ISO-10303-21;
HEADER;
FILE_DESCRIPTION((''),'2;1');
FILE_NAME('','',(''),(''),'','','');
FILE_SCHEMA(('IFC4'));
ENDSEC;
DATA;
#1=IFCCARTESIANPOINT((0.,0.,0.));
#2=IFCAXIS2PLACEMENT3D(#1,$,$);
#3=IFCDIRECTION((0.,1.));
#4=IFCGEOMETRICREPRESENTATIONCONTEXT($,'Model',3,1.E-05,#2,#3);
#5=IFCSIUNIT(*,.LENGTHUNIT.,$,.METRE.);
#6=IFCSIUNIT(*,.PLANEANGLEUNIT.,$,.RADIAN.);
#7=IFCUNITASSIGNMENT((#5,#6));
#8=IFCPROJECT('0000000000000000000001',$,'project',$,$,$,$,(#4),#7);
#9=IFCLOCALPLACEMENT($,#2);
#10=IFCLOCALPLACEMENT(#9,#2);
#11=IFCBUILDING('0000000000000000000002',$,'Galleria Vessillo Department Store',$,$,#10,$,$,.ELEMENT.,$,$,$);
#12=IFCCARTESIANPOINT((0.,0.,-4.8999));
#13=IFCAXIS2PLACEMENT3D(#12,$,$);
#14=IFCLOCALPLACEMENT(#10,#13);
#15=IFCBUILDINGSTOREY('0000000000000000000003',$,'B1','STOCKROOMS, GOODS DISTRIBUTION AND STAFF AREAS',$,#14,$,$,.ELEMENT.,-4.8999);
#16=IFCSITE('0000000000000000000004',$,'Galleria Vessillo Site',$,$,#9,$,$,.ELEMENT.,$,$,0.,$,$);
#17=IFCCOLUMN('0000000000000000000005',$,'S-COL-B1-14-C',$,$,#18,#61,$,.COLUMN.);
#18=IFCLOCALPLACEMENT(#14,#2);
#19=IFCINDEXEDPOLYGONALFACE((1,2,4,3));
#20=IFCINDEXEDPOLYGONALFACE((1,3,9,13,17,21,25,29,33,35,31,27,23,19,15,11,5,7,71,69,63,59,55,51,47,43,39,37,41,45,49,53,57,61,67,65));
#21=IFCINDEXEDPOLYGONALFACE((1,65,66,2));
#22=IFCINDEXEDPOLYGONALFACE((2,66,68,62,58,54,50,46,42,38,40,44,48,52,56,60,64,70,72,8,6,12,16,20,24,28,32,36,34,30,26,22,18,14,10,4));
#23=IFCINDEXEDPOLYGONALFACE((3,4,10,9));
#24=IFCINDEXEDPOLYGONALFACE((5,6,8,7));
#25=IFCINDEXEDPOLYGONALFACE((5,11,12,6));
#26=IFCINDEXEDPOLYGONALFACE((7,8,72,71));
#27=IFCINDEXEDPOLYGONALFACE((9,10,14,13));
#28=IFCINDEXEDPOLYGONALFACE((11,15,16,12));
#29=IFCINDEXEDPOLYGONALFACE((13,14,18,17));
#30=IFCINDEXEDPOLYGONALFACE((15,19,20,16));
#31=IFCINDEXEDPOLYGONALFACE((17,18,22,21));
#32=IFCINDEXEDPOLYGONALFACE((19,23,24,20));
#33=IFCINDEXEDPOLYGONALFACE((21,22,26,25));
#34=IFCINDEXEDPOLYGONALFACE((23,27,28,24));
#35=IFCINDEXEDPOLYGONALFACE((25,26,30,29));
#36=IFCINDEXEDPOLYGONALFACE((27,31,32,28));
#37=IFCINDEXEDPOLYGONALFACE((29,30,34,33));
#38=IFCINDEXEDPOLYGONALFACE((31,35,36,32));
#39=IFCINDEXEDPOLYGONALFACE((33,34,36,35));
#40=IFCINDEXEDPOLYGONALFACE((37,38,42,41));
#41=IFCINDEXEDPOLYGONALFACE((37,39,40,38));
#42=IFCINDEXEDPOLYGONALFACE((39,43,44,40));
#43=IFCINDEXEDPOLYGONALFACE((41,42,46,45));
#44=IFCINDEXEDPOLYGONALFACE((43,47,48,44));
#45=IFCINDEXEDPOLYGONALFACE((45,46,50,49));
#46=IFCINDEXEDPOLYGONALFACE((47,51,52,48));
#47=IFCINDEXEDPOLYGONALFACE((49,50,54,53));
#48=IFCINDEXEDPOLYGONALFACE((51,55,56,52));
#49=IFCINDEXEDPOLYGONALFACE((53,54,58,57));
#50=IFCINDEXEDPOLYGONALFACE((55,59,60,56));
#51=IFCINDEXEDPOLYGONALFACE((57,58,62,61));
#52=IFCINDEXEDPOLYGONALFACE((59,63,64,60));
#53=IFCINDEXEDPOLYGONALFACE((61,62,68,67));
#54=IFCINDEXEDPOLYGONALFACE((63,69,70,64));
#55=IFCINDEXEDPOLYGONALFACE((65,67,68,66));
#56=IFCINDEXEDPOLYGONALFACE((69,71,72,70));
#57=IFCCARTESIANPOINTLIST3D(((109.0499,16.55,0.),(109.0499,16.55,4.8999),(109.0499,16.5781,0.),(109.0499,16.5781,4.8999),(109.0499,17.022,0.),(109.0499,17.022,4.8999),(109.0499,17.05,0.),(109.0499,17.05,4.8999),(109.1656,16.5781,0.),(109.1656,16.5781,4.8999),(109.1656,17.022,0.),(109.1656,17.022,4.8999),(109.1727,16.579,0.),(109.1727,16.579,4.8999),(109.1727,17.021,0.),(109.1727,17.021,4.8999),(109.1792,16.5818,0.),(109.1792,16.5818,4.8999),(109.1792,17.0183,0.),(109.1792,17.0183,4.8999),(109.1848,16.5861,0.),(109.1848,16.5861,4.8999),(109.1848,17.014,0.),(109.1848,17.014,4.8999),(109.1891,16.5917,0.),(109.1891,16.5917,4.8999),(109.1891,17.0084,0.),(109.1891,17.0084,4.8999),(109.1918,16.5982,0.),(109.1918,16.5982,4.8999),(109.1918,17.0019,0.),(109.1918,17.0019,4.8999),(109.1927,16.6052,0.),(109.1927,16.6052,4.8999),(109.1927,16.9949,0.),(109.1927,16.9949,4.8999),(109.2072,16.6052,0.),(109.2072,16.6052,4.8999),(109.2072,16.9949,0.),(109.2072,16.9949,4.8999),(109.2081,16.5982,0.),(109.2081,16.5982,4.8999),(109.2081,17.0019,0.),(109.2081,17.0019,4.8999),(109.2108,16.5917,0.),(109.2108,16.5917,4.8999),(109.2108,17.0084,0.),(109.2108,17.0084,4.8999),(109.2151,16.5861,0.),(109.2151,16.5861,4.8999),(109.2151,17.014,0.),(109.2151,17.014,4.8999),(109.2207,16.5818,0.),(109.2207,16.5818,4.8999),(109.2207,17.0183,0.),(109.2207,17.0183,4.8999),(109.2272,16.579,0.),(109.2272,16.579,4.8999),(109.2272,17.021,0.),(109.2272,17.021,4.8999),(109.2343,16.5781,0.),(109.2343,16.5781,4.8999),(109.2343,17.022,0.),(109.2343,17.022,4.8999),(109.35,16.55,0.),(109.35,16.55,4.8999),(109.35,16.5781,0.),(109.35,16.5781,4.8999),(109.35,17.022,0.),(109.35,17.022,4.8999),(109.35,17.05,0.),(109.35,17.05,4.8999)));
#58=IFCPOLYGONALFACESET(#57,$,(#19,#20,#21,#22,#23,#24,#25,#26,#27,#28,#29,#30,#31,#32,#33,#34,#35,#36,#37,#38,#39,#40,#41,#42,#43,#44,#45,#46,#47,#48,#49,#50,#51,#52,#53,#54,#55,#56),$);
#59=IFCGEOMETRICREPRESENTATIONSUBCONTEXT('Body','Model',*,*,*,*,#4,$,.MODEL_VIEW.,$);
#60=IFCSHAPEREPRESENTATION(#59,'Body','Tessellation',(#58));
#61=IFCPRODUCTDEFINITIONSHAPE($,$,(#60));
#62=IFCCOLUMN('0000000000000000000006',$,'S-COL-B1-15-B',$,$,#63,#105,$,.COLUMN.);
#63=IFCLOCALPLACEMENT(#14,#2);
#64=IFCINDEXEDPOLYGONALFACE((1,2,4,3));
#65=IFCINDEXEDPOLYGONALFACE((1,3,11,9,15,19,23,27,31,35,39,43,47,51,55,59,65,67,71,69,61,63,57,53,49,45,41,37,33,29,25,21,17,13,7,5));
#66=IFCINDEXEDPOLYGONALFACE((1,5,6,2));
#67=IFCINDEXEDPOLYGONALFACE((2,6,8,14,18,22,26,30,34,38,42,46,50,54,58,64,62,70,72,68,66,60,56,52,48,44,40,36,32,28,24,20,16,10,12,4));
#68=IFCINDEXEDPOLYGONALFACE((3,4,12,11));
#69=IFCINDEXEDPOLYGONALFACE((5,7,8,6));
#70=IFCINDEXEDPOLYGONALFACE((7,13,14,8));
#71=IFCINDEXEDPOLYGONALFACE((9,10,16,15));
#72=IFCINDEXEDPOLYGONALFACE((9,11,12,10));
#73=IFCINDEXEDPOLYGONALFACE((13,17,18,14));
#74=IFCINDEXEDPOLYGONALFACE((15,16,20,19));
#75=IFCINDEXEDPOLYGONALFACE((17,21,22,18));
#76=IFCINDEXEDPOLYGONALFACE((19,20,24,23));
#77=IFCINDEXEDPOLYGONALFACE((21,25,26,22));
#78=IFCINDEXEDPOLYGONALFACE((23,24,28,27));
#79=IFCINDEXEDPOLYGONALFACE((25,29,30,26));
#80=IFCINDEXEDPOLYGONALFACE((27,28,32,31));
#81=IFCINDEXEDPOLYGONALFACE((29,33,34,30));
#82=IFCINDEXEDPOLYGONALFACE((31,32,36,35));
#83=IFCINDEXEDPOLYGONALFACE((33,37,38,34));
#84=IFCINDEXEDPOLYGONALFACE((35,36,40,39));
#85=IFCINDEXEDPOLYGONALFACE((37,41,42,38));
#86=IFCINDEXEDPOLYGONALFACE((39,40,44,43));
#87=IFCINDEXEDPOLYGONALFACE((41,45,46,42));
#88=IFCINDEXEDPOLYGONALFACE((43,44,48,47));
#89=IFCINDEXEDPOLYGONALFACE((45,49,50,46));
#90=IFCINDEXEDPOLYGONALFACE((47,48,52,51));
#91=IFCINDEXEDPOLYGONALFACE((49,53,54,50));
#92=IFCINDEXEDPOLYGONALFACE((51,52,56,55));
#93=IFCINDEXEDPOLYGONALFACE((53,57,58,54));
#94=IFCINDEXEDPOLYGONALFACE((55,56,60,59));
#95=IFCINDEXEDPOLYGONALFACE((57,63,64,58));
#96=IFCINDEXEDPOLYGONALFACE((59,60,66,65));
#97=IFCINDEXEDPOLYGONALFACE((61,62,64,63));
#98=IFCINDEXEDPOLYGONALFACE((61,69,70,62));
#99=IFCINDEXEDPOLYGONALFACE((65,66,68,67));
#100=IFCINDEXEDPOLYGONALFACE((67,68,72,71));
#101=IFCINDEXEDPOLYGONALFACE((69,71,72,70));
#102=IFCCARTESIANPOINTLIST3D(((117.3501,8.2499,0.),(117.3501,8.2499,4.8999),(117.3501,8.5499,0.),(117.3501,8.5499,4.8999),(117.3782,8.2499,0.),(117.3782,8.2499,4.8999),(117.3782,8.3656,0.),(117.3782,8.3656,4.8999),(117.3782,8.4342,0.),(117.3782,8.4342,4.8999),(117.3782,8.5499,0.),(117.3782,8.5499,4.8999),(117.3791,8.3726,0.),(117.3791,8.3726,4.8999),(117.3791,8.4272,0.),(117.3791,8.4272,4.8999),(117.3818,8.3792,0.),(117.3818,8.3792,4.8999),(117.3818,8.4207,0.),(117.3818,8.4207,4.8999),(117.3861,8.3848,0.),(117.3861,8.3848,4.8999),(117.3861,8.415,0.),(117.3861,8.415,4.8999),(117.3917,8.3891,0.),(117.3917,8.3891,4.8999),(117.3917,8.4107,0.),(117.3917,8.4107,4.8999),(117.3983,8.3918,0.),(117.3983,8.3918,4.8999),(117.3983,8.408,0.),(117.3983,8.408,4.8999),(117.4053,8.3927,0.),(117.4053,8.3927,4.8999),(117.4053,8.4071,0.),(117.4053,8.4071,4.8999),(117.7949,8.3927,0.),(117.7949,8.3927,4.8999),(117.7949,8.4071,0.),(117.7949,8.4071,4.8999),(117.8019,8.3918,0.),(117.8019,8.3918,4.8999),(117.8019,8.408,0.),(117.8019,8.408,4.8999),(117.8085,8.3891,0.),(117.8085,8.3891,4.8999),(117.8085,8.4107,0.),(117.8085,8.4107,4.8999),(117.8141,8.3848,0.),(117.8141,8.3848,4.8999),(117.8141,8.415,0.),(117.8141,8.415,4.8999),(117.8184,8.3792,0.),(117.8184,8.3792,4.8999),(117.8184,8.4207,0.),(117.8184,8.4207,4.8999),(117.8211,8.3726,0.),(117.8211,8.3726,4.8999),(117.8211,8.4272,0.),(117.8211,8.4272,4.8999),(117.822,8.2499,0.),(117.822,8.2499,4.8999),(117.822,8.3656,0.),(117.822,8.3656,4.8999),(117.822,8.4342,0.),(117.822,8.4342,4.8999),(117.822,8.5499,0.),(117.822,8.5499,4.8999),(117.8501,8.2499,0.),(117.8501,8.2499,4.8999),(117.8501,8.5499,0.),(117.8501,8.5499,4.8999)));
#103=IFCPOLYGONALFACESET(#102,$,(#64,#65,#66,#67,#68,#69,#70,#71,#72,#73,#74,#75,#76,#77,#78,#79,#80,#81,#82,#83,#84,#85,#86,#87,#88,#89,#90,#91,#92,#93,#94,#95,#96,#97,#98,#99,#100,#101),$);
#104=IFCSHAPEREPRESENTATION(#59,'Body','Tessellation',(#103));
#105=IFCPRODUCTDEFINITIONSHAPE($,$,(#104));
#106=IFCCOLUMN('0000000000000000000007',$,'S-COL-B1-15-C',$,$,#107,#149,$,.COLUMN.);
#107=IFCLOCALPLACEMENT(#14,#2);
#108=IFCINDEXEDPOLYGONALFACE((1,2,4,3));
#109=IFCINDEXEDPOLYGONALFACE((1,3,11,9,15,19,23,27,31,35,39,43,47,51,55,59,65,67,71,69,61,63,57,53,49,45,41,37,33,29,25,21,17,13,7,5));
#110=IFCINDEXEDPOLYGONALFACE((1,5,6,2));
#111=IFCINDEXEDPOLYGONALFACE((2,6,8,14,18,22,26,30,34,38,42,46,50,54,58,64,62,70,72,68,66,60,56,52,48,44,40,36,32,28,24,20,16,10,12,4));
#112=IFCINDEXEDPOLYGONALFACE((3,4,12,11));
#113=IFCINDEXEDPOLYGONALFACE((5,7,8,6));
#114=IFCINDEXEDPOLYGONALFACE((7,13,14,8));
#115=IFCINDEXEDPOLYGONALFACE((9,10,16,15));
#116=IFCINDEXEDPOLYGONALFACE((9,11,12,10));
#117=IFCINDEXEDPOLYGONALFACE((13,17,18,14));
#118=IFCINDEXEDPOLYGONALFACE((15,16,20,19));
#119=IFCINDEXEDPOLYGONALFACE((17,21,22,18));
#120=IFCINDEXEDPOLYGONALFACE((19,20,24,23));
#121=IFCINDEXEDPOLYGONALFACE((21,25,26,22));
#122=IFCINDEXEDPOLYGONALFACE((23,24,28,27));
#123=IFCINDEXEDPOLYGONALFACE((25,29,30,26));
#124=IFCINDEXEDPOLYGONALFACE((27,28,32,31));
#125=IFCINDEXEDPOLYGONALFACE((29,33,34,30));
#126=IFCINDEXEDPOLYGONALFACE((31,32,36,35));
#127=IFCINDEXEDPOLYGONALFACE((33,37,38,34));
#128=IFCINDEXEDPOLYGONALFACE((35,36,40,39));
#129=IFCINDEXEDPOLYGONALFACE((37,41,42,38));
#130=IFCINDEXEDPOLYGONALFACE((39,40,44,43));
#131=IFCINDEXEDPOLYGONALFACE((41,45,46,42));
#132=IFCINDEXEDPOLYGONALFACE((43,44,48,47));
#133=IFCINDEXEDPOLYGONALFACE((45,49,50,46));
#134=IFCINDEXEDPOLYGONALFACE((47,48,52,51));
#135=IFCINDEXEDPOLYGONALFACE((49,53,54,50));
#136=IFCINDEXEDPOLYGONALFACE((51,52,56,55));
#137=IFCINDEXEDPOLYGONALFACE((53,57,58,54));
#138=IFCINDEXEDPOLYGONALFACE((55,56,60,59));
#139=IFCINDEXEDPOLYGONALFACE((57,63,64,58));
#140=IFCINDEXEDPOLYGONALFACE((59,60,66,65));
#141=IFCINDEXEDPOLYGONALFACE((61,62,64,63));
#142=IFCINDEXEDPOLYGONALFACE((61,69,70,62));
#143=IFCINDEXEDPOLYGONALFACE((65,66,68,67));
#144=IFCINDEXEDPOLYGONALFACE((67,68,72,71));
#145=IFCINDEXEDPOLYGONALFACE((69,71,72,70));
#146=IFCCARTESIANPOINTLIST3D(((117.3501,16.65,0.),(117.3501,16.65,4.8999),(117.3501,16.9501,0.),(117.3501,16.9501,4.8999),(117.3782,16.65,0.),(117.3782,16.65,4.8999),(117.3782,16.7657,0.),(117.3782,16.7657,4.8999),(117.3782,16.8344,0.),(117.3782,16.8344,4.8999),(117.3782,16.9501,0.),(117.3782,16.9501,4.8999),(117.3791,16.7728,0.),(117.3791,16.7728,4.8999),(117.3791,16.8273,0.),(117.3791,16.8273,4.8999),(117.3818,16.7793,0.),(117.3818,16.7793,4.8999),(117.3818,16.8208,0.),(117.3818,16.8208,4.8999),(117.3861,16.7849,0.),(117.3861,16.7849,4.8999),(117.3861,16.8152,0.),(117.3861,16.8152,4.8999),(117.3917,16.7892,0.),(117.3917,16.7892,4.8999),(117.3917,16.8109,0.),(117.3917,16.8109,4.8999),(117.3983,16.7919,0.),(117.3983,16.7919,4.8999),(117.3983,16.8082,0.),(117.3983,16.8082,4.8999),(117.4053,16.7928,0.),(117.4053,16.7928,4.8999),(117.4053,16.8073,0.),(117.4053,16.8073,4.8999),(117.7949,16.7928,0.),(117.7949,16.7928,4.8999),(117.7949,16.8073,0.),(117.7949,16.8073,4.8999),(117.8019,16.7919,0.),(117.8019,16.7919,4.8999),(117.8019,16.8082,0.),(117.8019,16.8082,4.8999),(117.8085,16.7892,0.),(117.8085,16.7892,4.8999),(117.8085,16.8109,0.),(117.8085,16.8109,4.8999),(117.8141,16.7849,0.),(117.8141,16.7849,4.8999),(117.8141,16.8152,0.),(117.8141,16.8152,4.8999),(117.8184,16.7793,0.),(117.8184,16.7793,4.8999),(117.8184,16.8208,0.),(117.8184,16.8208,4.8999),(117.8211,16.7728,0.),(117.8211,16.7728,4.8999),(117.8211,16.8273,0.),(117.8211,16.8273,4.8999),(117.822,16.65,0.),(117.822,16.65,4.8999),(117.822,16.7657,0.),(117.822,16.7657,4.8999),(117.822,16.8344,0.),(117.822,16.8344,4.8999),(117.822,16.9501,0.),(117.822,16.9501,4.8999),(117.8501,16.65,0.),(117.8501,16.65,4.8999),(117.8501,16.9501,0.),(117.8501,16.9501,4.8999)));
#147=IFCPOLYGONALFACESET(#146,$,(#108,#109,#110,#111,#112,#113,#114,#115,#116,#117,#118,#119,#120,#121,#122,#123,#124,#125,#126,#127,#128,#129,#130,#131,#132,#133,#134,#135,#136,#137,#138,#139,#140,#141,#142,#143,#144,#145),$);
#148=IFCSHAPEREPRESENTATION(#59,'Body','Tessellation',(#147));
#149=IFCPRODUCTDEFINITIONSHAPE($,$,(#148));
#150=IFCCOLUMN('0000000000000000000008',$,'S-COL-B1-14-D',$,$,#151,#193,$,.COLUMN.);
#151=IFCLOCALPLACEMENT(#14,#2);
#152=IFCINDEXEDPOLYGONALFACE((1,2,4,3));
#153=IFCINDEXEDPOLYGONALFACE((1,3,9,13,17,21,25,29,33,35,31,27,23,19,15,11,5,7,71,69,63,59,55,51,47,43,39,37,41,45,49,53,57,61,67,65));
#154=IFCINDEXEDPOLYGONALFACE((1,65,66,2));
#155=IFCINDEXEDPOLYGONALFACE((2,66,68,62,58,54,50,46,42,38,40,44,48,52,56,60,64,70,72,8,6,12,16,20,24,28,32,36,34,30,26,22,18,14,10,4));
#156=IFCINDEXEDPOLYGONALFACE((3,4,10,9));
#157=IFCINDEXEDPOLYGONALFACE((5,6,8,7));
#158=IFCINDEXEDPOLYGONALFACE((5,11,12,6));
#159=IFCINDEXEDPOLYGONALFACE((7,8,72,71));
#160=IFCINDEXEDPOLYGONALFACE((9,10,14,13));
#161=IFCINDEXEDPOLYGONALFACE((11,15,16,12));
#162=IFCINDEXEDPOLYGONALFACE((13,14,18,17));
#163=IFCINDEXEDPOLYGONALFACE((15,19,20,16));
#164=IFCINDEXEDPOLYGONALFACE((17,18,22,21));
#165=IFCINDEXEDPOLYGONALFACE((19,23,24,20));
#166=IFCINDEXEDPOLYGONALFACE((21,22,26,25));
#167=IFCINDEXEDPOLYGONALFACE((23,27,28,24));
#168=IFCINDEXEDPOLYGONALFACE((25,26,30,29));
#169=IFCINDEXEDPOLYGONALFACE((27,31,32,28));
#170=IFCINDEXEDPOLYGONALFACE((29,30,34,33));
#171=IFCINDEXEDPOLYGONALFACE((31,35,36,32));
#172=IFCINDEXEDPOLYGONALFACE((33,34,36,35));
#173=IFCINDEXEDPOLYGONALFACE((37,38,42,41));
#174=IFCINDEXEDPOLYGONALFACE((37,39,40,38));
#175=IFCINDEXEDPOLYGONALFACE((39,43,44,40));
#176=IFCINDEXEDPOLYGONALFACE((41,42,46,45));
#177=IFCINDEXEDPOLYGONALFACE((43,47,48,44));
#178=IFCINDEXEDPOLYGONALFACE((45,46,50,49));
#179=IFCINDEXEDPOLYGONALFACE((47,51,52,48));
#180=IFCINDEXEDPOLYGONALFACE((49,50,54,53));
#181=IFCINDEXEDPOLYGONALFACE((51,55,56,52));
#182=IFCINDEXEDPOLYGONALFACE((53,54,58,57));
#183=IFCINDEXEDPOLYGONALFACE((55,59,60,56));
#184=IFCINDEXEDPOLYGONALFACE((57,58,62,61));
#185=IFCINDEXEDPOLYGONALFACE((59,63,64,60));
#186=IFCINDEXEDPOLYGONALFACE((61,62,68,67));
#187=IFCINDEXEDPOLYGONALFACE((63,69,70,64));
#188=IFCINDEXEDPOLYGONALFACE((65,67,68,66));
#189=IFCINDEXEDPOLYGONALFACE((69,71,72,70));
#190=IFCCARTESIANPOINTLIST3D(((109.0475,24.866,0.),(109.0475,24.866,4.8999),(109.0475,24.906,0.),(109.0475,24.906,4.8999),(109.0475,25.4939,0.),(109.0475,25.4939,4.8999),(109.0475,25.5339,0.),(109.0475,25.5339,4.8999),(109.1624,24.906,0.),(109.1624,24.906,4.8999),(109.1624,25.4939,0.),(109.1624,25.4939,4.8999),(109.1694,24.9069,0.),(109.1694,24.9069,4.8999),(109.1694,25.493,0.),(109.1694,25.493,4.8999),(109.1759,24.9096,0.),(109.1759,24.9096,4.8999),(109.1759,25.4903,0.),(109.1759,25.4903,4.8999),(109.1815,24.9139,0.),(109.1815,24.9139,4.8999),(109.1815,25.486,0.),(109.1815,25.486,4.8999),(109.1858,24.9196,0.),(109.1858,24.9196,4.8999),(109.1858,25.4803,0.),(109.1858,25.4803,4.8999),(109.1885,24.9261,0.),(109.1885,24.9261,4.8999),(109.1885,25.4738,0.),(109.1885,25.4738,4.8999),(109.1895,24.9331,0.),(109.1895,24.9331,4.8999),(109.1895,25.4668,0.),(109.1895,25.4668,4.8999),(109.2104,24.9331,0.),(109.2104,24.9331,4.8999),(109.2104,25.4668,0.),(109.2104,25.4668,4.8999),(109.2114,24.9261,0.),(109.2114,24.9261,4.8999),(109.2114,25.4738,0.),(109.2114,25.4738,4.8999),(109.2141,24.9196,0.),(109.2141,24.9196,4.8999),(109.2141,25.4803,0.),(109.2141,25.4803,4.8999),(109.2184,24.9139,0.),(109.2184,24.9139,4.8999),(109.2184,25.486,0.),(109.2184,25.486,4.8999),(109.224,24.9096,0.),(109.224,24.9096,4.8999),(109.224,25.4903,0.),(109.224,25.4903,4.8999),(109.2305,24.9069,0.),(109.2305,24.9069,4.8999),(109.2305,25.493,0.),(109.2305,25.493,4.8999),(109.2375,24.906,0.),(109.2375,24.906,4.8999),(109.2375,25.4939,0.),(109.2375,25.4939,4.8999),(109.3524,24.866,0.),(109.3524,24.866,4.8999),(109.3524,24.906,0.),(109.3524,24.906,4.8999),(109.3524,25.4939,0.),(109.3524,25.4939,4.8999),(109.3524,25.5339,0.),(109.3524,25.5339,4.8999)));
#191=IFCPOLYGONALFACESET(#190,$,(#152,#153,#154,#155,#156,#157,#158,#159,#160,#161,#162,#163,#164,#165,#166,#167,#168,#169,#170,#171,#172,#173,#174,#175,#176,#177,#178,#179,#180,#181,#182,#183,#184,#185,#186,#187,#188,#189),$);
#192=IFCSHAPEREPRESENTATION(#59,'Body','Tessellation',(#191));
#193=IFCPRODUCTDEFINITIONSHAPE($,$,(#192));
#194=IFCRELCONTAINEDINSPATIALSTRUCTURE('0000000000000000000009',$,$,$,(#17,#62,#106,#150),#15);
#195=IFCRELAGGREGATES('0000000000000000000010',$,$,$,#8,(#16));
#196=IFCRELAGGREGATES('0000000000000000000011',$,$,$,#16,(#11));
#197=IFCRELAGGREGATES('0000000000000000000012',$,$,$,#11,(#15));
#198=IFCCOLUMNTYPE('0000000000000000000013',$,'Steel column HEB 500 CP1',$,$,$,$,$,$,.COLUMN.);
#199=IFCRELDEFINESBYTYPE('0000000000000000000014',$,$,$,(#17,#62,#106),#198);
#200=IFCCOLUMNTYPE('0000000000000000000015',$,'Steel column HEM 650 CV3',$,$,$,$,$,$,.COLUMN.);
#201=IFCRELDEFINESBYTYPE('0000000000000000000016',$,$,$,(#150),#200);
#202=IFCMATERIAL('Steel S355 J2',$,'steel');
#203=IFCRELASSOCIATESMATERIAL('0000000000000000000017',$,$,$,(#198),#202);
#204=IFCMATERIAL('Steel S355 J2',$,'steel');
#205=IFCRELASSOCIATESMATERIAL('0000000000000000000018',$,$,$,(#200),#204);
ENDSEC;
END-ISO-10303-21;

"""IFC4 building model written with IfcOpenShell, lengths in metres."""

from ifc_helpers import new_model, si_unit, direction, frame, origin, origin_2d, place, context, subcontext, project, spatial, i_section, extrude, material, material_profile, profile_set, type_object, element, save


model = new_model("IFC4")

# Units and contexts
model_context = context("Model", 3, precision=1e-05, world=origin(), true_north=direction((0.0, 1.0)))
body_context = subcontext(model_context, "Body", "Model", "MODEL_VIEW")
ifc_project = project(units=[si_unit("LENGTHUNIT", "METRE"), si_unit("PLANEANGLEUNIT", "RADIAN")], contexts=[model_context])

# Site, building, storey
site_placement = place(None, origin())
site = spatial("IfcSite", under=ifc_project, at=site_placement, Name="Galleria Vessillo Site", CompositionType="ELEMENT", RefElevation=0.0)
building_placement = place(site_placement, origin())
building = spatial("IfcBuilding", under=site, at=building_placement, Name="Galleria Vessillo Department Store", CompositionType="ELEMENT")
storey_placement = place(building_placement, frame((0.0, 0.0, -4.8999)))
storey = spatial("IfcBuildingStorey", under=building, at=storey_placement, Name="B1", Description="STOCKROOMS, GOODS DISTRIBUTION AND STAFF AREAS", CompositionType="ELEMENT", Elevation=-4.8999)

# Columns
ifc_material_1 = material(Name="Steel S355 J2", Category="steel")
ifc_material_profile_1 = material_profile(ifc_material_1, i_section(OverallWidth=0.3, OverallDepth=0.5, WebThickness=0.0144, FlangeThickness=0.0281, FilletRadius=0.0271, at=origin_2d()), Name="HEB 500")
ifc_profile_set_1 = profile_set([ifc_material_profile_1], Name="Steel S355 J2")
column_type_1 = type_object("IfcColumnType", Name="Steel column HEB 500 CP1", PredefinedType="COLUMN", material=ifc_profile_set_1)
for number, where, z_axis, x_axis, name in (
    (1, (109.2, 16.8, 0.0), (0.0, 0.0, 1.0), (1.0, 0.0, 0.0), "S-COL-B1-14-C"),
    (2, (117.6001, 8.3999, 0.0), (0.0, 0.0, 1.0), (0.0, 1.0, 0.0), "S-COL-B1-15-B"),
    (3, (117.6001, 16.8, 0.0), (0.0, 0.0, 1.0), (0.0, 1.0, 0.0), "S-COL-B1-15-C"),
):
    element("IfcColumn", number, at=place(storey_placement, frame(where, z_axis=z_axis, x_axis=x_axis)), inside=storey, type_object=column_type_1, Name=name, PredefinedType="COLUMN", context=body_context, shape_type="SweptSolid", body=[
        extrude(i_section(OverallWidth=0.3, OverallDepth=0.5, WebThickness=0.0144, FlangeThickness=0.0281, FilletRadius=0.0271, at=origin_2d()), origin(), (0.0, 0.0, 1.0), 4.8999),
    ])
ifc_material_2 = material(Name="Steel S355 J2", Category="steel")
ifc_material_profile_2 = material_profile(ifc_material_2, i_section(OverallWidth=0.3049, OverallDepth=0.668, WebThickness=0.021, FlangeThickness=0.04, FilletRadius=0.0271, at=origin_2d()), Name="HEM 650")
ifc_profile_set_2 = profile_set([ifc_material_profile_2], Name="Steel S355 J2")
column_type_2 = type_object("IfcColumnType", Name="Steel column HEM 650 CV3", PredefinedType="COLUMN", material=ifc_profile_set_2)
for number, where, z_axis, x_axis, name in (
    (4, (109.2, 25.2, 0.0), (0.0, 0.0, 1.0), (1.0, 0.0, 0.0), "S-COL-B1-14-D"),
):
    element("IfcColumn", number, at=place(storey_placement, frame(where, z_axis=z_axis, x_axis=x_axis)), inside=storey, type_object=column_type_2, Name=name, PredefinedType="COLUMN", context=body_context, shape_type="SweptSolid", body=[
        extrude(i_section(OverallWidth=0.3049, OverallDepth=0.668, WebThickness=0.021, FlangeThickness=0.04, FilletRadius=0.0271, at=origin_2d()), origin(), (0.0, 0.0, 1.0), 4.8999),
    ])

save(model, "model.ifc")
